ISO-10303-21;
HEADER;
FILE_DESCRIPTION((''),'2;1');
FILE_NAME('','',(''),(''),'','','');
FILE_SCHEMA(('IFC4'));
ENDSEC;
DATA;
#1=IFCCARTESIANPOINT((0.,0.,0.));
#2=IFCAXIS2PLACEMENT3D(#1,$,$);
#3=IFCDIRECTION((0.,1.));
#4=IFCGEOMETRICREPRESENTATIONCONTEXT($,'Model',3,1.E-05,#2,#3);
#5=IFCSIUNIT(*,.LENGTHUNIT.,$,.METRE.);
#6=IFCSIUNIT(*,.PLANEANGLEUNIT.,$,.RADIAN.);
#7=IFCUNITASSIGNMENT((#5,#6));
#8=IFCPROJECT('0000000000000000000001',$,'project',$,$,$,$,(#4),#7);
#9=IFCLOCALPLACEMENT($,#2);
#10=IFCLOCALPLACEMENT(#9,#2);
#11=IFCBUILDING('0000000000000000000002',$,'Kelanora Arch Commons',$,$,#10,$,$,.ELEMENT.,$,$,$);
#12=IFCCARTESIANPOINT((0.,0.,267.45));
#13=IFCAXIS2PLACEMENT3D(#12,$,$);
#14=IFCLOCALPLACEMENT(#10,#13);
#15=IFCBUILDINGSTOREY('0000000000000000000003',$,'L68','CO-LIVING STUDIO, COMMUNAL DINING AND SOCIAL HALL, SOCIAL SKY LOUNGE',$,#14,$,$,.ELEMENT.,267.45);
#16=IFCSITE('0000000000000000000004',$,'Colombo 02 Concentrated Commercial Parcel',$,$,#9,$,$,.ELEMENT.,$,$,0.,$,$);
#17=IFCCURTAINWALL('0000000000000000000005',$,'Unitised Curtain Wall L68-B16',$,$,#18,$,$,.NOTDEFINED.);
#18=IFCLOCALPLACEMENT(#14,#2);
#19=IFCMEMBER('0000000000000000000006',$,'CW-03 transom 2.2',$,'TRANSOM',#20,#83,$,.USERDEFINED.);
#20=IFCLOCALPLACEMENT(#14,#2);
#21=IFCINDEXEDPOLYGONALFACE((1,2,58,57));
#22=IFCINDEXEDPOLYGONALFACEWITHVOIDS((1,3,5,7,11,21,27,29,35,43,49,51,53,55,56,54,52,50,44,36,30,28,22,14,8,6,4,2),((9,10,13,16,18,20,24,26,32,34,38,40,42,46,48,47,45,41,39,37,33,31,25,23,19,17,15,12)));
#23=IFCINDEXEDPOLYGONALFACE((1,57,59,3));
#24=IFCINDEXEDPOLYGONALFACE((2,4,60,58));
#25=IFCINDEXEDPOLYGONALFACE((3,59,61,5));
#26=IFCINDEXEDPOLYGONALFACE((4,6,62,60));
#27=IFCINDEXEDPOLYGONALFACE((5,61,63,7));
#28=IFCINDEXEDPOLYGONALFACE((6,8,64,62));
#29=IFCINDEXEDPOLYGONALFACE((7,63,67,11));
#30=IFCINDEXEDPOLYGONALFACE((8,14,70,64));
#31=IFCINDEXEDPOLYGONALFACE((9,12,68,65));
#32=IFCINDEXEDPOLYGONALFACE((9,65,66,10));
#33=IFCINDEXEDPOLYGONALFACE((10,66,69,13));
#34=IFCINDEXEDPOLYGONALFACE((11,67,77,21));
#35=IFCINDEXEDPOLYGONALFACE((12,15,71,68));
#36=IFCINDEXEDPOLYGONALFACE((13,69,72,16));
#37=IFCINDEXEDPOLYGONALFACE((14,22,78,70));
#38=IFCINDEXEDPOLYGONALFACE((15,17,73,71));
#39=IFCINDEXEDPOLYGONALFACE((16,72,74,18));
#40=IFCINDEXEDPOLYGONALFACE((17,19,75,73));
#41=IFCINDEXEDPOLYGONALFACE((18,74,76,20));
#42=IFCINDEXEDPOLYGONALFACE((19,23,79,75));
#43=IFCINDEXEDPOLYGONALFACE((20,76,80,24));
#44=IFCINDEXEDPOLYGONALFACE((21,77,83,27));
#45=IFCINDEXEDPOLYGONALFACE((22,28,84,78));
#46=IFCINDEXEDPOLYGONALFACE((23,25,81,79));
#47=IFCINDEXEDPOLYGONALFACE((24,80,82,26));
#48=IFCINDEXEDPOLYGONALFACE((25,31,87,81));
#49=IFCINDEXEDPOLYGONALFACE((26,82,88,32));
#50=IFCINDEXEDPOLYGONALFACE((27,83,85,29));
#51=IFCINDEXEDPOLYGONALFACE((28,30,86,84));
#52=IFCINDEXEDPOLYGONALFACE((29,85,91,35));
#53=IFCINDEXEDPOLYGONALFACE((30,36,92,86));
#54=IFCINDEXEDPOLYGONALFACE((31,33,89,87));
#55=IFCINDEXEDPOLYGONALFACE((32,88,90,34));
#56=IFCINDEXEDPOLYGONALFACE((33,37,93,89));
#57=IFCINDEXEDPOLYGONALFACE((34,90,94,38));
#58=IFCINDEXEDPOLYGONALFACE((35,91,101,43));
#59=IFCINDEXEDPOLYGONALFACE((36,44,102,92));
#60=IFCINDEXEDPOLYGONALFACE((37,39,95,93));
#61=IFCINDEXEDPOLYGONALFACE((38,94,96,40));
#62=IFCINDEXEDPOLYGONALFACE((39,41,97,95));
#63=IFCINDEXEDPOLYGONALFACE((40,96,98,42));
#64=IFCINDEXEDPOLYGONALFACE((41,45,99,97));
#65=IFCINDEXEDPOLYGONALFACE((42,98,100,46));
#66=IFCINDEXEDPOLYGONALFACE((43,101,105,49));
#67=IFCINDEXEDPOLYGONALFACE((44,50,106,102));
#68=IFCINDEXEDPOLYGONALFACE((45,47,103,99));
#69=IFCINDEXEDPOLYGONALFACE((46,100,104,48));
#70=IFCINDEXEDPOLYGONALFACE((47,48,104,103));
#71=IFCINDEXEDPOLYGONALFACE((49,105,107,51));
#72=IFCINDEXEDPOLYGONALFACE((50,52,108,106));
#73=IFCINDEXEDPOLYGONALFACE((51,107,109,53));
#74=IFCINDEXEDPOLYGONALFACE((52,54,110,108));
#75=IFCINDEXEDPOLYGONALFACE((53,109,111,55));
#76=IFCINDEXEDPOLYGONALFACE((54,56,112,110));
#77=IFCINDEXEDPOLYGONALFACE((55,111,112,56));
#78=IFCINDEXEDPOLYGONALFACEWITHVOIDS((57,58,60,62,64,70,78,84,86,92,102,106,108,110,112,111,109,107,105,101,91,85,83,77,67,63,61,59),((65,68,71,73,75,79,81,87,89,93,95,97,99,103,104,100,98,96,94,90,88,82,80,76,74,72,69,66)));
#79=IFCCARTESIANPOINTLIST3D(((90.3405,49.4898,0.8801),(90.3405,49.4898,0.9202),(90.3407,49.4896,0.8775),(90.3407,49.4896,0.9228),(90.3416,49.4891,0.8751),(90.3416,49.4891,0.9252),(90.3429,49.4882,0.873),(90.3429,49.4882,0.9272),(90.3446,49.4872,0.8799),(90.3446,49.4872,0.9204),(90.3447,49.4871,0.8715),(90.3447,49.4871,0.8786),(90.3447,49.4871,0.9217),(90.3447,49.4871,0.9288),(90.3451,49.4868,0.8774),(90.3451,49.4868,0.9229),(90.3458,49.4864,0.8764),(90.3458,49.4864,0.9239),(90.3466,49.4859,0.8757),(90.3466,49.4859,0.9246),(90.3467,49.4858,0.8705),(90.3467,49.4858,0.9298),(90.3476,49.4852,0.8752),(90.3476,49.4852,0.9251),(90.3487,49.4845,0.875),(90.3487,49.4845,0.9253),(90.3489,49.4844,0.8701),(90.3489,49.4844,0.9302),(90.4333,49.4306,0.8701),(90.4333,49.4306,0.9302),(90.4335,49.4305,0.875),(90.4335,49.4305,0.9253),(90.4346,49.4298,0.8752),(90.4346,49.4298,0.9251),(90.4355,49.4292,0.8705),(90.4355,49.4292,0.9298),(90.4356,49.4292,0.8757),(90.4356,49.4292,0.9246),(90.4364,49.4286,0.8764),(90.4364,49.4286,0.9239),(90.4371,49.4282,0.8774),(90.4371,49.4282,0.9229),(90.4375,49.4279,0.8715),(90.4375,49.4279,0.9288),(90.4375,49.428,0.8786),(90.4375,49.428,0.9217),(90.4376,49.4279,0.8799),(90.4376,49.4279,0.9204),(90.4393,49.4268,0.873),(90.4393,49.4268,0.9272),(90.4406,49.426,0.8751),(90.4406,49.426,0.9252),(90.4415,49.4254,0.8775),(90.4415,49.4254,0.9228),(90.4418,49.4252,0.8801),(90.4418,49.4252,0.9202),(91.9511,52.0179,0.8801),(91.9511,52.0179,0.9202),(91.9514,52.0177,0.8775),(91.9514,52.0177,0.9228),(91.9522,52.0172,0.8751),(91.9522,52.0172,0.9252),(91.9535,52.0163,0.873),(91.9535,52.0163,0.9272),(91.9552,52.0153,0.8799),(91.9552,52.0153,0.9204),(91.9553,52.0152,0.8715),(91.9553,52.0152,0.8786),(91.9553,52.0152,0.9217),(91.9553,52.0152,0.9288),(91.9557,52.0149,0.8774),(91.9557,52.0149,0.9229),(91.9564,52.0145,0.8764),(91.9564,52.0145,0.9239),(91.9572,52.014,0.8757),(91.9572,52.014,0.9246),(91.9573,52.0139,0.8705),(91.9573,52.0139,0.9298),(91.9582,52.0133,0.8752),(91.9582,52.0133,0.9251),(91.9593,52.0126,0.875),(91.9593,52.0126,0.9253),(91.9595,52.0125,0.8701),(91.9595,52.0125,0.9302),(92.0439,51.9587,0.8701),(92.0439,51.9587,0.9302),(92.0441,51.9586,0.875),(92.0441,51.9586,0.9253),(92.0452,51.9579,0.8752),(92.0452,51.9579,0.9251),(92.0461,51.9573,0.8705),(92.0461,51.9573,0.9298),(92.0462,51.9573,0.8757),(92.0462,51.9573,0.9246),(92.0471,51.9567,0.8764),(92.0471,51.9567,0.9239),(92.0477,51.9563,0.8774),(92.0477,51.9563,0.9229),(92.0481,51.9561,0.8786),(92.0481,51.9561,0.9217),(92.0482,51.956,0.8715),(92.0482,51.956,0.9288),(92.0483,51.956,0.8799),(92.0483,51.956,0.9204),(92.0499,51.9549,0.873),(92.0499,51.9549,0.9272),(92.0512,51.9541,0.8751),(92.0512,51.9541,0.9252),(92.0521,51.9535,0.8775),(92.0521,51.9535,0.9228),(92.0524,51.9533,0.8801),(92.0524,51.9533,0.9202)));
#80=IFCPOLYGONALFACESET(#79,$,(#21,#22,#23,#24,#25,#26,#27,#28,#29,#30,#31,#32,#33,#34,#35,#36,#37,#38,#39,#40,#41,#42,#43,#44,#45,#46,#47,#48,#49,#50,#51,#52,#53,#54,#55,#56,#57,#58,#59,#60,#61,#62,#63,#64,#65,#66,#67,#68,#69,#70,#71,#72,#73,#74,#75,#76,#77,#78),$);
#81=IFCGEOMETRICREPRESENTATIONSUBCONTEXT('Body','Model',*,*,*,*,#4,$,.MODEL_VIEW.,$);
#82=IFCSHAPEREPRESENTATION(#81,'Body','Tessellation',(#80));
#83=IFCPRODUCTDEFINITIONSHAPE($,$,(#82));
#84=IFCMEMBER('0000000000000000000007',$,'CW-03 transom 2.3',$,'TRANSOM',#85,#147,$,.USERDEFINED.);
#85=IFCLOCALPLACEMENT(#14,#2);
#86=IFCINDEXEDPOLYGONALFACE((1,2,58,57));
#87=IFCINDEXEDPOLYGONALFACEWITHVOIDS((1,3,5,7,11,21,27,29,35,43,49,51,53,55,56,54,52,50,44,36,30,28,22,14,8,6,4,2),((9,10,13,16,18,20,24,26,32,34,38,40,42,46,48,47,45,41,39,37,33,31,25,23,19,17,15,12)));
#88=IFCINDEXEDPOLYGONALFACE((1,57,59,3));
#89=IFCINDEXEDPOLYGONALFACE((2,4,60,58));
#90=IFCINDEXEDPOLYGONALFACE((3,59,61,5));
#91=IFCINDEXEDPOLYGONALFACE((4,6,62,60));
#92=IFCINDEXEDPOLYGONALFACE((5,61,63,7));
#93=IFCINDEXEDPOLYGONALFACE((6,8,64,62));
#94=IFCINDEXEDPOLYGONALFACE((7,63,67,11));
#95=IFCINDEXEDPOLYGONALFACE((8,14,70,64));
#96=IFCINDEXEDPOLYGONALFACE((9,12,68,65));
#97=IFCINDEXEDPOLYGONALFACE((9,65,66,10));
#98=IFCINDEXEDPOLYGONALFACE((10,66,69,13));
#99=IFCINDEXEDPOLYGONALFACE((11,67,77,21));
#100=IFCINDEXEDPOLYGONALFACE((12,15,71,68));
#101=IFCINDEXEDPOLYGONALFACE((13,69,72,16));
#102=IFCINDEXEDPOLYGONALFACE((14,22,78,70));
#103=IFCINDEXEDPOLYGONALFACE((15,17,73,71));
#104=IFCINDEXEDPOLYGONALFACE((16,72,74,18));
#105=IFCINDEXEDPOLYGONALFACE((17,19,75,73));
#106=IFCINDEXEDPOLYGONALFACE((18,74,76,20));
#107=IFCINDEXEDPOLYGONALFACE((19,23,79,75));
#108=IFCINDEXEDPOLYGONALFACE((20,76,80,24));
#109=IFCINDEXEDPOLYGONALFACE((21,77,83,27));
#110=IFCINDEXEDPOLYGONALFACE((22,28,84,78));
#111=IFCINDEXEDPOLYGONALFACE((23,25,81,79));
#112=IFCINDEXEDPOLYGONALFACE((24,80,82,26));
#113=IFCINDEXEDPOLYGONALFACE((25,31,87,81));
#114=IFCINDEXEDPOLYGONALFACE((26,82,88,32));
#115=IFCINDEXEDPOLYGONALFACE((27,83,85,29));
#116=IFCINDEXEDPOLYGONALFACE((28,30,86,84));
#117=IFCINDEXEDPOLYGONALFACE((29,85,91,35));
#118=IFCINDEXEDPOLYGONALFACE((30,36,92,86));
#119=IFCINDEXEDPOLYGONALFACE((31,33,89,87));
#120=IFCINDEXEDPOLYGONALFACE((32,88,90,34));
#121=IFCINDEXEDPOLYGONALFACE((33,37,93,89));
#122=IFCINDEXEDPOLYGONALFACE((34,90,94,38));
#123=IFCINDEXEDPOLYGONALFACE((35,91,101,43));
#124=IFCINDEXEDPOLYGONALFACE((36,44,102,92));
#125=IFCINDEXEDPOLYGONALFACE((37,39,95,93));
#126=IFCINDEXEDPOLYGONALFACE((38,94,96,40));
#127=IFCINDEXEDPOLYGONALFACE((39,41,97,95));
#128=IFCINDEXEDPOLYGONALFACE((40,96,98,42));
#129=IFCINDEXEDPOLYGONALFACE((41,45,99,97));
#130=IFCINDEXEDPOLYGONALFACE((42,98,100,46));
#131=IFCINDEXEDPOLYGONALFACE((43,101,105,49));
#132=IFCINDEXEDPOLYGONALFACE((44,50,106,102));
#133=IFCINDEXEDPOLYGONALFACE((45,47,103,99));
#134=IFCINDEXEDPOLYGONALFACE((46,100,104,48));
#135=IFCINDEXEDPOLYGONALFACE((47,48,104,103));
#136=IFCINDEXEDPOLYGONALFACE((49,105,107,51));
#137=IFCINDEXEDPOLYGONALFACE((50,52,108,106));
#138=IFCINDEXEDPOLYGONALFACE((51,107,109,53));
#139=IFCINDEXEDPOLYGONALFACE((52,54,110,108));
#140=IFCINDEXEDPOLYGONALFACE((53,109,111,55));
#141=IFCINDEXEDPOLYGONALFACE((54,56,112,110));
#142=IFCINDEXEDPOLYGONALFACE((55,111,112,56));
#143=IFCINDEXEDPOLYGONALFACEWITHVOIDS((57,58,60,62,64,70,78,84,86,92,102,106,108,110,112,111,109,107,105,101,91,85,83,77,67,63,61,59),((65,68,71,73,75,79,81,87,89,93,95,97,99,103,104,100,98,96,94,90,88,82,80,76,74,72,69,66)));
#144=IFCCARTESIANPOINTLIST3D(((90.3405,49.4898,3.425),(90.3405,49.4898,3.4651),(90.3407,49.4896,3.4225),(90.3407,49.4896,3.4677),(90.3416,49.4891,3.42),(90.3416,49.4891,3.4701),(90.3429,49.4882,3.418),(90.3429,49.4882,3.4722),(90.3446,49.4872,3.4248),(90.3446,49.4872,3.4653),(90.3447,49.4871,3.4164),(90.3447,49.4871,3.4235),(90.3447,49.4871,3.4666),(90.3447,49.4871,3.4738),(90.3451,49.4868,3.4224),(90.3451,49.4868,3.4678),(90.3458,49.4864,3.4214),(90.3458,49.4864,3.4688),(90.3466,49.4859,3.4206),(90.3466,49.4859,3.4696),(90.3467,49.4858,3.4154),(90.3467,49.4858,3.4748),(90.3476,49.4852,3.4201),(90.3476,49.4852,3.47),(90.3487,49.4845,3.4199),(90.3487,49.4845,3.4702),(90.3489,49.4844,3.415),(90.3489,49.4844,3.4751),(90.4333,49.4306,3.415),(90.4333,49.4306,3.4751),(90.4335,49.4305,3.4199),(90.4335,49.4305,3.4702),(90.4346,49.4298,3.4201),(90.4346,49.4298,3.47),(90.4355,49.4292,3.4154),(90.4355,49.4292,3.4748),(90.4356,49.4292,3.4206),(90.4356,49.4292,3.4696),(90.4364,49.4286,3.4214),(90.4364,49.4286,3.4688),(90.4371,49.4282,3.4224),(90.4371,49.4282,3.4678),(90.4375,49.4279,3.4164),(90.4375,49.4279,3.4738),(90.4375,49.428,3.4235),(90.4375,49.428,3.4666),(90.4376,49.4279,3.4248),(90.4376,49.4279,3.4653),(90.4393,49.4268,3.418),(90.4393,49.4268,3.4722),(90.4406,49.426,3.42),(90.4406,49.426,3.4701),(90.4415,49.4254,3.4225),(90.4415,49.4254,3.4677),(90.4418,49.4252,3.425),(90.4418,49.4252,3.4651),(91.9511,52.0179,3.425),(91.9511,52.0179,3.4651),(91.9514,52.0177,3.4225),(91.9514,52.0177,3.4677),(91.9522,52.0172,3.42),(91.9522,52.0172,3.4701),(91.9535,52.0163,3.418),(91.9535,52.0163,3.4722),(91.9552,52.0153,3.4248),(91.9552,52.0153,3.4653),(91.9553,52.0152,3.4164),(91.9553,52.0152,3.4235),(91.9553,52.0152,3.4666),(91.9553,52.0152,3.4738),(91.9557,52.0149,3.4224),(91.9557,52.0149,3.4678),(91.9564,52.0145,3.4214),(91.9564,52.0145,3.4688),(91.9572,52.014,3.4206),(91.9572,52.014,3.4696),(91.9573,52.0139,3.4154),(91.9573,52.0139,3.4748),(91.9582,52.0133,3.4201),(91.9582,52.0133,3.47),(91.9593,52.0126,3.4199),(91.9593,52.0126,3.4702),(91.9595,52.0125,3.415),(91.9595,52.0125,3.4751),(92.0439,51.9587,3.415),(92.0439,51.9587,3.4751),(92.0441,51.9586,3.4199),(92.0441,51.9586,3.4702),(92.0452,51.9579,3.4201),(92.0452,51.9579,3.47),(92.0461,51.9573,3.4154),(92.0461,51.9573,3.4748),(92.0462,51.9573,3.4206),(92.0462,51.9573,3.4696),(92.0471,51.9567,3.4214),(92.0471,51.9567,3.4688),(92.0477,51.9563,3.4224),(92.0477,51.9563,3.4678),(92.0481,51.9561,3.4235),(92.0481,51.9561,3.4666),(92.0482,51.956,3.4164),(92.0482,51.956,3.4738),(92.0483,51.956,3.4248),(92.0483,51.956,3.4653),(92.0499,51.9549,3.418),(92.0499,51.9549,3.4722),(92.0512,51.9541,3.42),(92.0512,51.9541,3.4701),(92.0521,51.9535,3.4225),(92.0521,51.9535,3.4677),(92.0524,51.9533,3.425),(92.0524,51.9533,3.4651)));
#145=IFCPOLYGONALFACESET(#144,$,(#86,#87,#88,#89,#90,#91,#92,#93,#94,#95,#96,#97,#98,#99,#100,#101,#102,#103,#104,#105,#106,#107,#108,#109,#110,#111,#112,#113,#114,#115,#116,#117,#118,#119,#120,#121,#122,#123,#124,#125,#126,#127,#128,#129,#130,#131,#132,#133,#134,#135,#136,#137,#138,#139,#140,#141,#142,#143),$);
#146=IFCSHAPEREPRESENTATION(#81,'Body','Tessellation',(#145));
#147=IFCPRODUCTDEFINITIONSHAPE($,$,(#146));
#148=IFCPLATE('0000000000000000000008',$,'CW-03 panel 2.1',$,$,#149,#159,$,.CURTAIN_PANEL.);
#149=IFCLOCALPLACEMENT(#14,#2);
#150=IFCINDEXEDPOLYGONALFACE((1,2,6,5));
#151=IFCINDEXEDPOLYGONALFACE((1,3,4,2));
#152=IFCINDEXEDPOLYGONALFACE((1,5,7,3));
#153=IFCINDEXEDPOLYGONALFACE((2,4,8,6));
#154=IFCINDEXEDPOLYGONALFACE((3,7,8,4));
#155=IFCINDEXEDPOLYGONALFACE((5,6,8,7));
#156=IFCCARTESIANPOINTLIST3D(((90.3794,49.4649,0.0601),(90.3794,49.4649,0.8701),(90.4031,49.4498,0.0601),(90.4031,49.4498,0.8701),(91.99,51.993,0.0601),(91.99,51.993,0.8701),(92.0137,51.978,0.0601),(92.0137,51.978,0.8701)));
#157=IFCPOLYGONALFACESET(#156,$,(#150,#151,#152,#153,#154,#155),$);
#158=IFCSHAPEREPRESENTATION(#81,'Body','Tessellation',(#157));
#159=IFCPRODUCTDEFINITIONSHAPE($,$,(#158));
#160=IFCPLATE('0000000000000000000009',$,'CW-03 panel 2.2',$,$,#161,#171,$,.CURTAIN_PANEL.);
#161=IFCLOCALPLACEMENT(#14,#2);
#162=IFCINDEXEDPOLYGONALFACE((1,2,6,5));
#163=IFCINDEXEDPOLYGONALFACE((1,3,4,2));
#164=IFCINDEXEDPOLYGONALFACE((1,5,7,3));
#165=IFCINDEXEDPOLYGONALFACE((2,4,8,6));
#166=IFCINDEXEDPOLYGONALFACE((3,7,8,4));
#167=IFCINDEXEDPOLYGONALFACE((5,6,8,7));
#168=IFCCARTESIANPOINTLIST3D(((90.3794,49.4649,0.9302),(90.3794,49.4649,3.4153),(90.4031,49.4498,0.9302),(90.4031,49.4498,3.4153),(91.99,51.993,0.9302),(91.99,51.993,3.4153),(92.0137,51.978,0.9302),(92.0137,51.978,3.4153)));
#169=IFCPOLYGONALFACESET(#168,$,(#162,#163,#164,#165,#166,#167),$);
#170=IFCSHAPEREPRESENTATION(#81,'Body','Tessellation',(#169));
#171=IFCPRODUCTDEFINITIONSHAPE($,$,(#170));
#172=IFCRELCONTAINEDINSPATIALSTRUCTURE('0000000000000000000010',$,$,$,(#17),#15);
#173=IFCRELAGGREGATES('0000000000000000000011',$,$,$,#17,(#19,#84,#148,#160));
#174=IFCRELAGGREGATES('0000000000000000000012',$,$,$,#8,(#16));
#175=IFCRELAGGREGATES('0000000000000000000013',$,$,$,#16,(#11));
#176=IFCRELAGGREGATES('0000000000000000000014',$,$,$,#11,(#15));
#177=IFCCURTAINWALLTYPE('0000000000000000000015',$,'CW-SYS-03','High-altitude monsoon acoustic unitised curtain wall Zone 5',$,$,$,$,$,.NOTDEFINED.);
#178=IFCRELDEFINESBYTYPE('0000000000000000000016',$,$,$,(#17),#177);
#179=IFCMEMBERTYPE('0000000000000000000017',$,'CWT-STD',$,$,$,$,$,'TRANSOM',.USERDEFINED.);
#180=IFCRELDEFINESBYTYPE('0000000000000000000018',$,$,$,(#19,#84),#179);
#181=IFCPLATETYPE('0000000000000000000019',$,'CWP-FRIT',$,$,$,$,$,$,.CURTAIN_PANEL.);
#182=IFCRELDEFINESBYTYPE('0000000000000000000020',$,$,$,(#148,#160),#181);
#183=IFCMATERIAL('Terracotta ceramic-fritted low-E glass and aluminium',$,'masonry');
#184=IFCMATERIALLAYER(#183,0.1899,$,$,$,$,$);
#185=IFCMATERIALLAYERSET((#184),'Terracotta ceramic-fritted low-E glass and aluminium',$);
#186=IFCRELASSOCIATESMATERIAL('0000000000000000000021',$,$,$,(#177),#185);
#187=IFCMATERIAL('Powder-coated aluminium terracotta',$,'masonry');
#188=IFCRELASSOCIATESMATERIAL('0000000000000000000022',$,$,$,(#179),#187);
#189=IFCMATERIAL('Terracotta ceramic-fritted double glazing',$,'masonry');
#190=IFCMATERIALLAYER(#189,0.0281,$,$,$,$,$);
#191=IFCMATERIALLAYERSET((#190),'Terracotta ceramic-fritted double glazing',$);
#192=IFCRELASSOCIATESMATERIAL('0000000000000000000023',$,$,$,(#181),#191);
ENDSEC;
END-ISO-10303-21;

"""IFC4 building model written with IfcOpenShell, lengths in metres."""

from ifc_helpers import new_model, si_unit, direction, frame, origin, origin_2d, place, context, subcontext, project, spatial, rectangle, hollow_rectangle, extrude, source, transform, mapped, material, layer, layer_set, material_profile, profile_set, type_object, element, aggregate, save


model = new_model("IFC4")

# Units and contexts
model_context = context("Model", 3, precision=1e-05, world=origin(), true_north=direction((0.0, 1.0)))
body_context = subcontext(model_context, "Body", "Model", "MODEL_VIEW")
ifc_project = project(units=[si_unit("LENGTHUNIT", "METRE"), si_unit("PLANEANGLEUNIT", "RADIAN")], contexts=[model_context])

# Site, building, storey
site_placement = place(None, origin())
site = spatial("IfcSite", under=ifc_project, at=site_placement, Name="Colombo 02 Concentrated Commercial Parcel", CompositionType="ELEMENT", RefElevation=0.0)
building_placement = place(site_placement, origin())
building = spatial("IfcBuilding", under=site, at=building_placement, Name="Kelanora Arch Commons", CompositionType="ELEMENT")
storey_placement = place(building_placement, frame((0.0, 0.0, 267.45)))
storey = spatial("IfcBuildingStorey", under=building, at=storey_placement, Name="L68", Description="CO-LIVING STUDIO, COMMUNAL DINING AND SOCIAL HALL, SOCIAL SKY LOUNGE", CompositionType="ELEMENT", Elevation=267.45)

# Curtain wall, members, plates
ifc_material_1 = material(Name="Terracotta ceramic-fritted low-E glass and aluminium", Category="masonry")
ifc_layer_1 = layer(ifc_material_1, 0.1899)
ifc_layer_set_1 = layer_set([ifc_layer_1], Name="Terracotta ceramic-fritted low-E glass and aluminium")
curtain_wall_type = type_object("IfcCurtainWallType", Name="CW-SYS-03", Description="High-altitude monsoon acoustic unitised curtain wall Zone 5", PredefinedType="NOTDEFINED", material=ifc_layer_set_1)
curtain_wall_placement = place(storey_placement, origin())
curtain_wall = element("IfcCurtainWall", 1, at=curtain_wall_placement, inside=storey, type_object=curtain_wall_type, Name="Unitised Curtain Wall L68-B16", PredefinedType="NOTDEFINED")
ifc_material_2 = material(Name="Powder-coated aluminium terracotta", Category="masonry")
ifc_material_profile_1 = material_profile(ifc_material_2, hollow_rectangle(XDim=0.1201, YDim=0.0601, WallThickness=0.0049, InnerFilletRadius=0.0049, OuterFilletRadius=0.01, at=origin_2d()), Name="CWT120x60")
ifc_profile_set_1 = profile_set([ifc_material_profile_1], Name="Powder-coated aluminium terracotta")
member_type_1 = type_object("IfcMemberType", Name="CWT-STD", ElementType="TRANSOM", PredefinedType="USERDEFINED", material=ifc_profile_set_1)
member_1_placement = place(storey_placement, frame((90.3911, 49.4575, 0.9001), z_axis=(0.537308, 0.843386, 0.0), x_axis=(-0.843386, 0.537308, 0.0)))
member_1 = element("IfcMember", 2, at=member_1_placement, type_object=member_type_1, Name="CW-03 transom 2.2", ObjectType="TRANSOM", PredefinedType="USERDEFINED", context=body_context, shape_type="SweptSolid", body=[
    extrude(hollow_rectangle(XDim=0.1201, YDim=0.0601, WallThickness=0.0049, InnerFilletRadius=0.0049, OuterFilletRadius=0.01, at=origin_2d()), origin(), (0.0, 0.0, 1.0), 2.9976),
])
member_2_placement = place(storey_placement, frame((90.3911, 49.4575, 3.4451), z_axis=(0.537308, 0.843386, 0.0), x_axis=(-0.843386, 0.537308, 0.0)))
member_2 = element("IfcMember", 3, at=member_2_placement, type_object=member_type_1, Name="CW-03 transom 2.3", ObjectType="TRANSOM", PredefinedType="USERDEFINED", context=body_context, shape_type="SweptSolid", body=[
    extrude(hollow_rectangle(XDim=0.1201, YDim=0.0601, WallThickness=0.0049, InnerFilletRadius=0.0049, OuterFilletRadius=0.01, at=origin_2d()), origin(), (0.0, 0.0, 1.0), 2.9976),
])
ifc_material_3 = material(Name="Terracotta ceramic-fritted double glazing", Category="masonry")
ifc_layer_2 = layer(ifc_material_3, 0.0281)
ifc_layer_set_2 = layer_set([ifc_layer_2], Name="Terracotta ceramic-fritted double glazing")
plate_type = type_object("IfcPlateType", Name="CWP-FRIT", PredefinedType="CURTAIN_PANEL", material=ifc_layer_set_2)
shared_shape_1 = source(origin(), body_context, "Body", "SweptSolid", [
    extrude(rectangle(XDim=2.9976, YDim=0.0281, at=origin_2d()), origin(), (0.0, 0.0, 1.0), 0.8101),
])
plate_1_placement = place(storey_placement, frame((91.1965, 50.7214, 0.0601), z_axis=(0.0, 0.0, 1.0), x_axis=(0.5373, 0.843391, 0.0)))
plate_1 = element("IfcPlate", 4, at=plate_1_placement, type_object=plate_type, Name="CW-03 panel 2.1", PredefinedType="CURTAIN_PANEL", context=body_context, shape_type="MappedRepresentation", body=[
    mapped(shared_shape_1, transform((0.0, 0.0, 0.0), scale=1.0)),
])
shared_shape_2 = source(origin(), body_context, "Body", "SweptSolid", [
    extrude(rectangle(XDim=2.9976, YDim=0.0281, at=origin_2d()), origin(), (0.0, 0.0, 1.0), 2.4851),
])
plate_2_placement = place(storey_placement, frame((91.1965, 50.7214, 0.9302), z_axis=(0.0, 0.0, 1.0), x_axis=(0.5373, 0.843391, 0.0)))
plate_2 = element("IfcPlate", 5, at=plate_2_placement, type_object=plate_type, Name="CW-03 panel 2.2", PredefinedType="CURTAIN_PANEL", context=body_context, shape_type="MappedRepresentation", body=[
    mapped(shared_shape_2, transform((0.0, 0.0, 0.0), scale=1.0)),
])
aggregate(curtain_wall, [member_1, member_2, plate_1, plate_2])

save(model, "model.ifc")
